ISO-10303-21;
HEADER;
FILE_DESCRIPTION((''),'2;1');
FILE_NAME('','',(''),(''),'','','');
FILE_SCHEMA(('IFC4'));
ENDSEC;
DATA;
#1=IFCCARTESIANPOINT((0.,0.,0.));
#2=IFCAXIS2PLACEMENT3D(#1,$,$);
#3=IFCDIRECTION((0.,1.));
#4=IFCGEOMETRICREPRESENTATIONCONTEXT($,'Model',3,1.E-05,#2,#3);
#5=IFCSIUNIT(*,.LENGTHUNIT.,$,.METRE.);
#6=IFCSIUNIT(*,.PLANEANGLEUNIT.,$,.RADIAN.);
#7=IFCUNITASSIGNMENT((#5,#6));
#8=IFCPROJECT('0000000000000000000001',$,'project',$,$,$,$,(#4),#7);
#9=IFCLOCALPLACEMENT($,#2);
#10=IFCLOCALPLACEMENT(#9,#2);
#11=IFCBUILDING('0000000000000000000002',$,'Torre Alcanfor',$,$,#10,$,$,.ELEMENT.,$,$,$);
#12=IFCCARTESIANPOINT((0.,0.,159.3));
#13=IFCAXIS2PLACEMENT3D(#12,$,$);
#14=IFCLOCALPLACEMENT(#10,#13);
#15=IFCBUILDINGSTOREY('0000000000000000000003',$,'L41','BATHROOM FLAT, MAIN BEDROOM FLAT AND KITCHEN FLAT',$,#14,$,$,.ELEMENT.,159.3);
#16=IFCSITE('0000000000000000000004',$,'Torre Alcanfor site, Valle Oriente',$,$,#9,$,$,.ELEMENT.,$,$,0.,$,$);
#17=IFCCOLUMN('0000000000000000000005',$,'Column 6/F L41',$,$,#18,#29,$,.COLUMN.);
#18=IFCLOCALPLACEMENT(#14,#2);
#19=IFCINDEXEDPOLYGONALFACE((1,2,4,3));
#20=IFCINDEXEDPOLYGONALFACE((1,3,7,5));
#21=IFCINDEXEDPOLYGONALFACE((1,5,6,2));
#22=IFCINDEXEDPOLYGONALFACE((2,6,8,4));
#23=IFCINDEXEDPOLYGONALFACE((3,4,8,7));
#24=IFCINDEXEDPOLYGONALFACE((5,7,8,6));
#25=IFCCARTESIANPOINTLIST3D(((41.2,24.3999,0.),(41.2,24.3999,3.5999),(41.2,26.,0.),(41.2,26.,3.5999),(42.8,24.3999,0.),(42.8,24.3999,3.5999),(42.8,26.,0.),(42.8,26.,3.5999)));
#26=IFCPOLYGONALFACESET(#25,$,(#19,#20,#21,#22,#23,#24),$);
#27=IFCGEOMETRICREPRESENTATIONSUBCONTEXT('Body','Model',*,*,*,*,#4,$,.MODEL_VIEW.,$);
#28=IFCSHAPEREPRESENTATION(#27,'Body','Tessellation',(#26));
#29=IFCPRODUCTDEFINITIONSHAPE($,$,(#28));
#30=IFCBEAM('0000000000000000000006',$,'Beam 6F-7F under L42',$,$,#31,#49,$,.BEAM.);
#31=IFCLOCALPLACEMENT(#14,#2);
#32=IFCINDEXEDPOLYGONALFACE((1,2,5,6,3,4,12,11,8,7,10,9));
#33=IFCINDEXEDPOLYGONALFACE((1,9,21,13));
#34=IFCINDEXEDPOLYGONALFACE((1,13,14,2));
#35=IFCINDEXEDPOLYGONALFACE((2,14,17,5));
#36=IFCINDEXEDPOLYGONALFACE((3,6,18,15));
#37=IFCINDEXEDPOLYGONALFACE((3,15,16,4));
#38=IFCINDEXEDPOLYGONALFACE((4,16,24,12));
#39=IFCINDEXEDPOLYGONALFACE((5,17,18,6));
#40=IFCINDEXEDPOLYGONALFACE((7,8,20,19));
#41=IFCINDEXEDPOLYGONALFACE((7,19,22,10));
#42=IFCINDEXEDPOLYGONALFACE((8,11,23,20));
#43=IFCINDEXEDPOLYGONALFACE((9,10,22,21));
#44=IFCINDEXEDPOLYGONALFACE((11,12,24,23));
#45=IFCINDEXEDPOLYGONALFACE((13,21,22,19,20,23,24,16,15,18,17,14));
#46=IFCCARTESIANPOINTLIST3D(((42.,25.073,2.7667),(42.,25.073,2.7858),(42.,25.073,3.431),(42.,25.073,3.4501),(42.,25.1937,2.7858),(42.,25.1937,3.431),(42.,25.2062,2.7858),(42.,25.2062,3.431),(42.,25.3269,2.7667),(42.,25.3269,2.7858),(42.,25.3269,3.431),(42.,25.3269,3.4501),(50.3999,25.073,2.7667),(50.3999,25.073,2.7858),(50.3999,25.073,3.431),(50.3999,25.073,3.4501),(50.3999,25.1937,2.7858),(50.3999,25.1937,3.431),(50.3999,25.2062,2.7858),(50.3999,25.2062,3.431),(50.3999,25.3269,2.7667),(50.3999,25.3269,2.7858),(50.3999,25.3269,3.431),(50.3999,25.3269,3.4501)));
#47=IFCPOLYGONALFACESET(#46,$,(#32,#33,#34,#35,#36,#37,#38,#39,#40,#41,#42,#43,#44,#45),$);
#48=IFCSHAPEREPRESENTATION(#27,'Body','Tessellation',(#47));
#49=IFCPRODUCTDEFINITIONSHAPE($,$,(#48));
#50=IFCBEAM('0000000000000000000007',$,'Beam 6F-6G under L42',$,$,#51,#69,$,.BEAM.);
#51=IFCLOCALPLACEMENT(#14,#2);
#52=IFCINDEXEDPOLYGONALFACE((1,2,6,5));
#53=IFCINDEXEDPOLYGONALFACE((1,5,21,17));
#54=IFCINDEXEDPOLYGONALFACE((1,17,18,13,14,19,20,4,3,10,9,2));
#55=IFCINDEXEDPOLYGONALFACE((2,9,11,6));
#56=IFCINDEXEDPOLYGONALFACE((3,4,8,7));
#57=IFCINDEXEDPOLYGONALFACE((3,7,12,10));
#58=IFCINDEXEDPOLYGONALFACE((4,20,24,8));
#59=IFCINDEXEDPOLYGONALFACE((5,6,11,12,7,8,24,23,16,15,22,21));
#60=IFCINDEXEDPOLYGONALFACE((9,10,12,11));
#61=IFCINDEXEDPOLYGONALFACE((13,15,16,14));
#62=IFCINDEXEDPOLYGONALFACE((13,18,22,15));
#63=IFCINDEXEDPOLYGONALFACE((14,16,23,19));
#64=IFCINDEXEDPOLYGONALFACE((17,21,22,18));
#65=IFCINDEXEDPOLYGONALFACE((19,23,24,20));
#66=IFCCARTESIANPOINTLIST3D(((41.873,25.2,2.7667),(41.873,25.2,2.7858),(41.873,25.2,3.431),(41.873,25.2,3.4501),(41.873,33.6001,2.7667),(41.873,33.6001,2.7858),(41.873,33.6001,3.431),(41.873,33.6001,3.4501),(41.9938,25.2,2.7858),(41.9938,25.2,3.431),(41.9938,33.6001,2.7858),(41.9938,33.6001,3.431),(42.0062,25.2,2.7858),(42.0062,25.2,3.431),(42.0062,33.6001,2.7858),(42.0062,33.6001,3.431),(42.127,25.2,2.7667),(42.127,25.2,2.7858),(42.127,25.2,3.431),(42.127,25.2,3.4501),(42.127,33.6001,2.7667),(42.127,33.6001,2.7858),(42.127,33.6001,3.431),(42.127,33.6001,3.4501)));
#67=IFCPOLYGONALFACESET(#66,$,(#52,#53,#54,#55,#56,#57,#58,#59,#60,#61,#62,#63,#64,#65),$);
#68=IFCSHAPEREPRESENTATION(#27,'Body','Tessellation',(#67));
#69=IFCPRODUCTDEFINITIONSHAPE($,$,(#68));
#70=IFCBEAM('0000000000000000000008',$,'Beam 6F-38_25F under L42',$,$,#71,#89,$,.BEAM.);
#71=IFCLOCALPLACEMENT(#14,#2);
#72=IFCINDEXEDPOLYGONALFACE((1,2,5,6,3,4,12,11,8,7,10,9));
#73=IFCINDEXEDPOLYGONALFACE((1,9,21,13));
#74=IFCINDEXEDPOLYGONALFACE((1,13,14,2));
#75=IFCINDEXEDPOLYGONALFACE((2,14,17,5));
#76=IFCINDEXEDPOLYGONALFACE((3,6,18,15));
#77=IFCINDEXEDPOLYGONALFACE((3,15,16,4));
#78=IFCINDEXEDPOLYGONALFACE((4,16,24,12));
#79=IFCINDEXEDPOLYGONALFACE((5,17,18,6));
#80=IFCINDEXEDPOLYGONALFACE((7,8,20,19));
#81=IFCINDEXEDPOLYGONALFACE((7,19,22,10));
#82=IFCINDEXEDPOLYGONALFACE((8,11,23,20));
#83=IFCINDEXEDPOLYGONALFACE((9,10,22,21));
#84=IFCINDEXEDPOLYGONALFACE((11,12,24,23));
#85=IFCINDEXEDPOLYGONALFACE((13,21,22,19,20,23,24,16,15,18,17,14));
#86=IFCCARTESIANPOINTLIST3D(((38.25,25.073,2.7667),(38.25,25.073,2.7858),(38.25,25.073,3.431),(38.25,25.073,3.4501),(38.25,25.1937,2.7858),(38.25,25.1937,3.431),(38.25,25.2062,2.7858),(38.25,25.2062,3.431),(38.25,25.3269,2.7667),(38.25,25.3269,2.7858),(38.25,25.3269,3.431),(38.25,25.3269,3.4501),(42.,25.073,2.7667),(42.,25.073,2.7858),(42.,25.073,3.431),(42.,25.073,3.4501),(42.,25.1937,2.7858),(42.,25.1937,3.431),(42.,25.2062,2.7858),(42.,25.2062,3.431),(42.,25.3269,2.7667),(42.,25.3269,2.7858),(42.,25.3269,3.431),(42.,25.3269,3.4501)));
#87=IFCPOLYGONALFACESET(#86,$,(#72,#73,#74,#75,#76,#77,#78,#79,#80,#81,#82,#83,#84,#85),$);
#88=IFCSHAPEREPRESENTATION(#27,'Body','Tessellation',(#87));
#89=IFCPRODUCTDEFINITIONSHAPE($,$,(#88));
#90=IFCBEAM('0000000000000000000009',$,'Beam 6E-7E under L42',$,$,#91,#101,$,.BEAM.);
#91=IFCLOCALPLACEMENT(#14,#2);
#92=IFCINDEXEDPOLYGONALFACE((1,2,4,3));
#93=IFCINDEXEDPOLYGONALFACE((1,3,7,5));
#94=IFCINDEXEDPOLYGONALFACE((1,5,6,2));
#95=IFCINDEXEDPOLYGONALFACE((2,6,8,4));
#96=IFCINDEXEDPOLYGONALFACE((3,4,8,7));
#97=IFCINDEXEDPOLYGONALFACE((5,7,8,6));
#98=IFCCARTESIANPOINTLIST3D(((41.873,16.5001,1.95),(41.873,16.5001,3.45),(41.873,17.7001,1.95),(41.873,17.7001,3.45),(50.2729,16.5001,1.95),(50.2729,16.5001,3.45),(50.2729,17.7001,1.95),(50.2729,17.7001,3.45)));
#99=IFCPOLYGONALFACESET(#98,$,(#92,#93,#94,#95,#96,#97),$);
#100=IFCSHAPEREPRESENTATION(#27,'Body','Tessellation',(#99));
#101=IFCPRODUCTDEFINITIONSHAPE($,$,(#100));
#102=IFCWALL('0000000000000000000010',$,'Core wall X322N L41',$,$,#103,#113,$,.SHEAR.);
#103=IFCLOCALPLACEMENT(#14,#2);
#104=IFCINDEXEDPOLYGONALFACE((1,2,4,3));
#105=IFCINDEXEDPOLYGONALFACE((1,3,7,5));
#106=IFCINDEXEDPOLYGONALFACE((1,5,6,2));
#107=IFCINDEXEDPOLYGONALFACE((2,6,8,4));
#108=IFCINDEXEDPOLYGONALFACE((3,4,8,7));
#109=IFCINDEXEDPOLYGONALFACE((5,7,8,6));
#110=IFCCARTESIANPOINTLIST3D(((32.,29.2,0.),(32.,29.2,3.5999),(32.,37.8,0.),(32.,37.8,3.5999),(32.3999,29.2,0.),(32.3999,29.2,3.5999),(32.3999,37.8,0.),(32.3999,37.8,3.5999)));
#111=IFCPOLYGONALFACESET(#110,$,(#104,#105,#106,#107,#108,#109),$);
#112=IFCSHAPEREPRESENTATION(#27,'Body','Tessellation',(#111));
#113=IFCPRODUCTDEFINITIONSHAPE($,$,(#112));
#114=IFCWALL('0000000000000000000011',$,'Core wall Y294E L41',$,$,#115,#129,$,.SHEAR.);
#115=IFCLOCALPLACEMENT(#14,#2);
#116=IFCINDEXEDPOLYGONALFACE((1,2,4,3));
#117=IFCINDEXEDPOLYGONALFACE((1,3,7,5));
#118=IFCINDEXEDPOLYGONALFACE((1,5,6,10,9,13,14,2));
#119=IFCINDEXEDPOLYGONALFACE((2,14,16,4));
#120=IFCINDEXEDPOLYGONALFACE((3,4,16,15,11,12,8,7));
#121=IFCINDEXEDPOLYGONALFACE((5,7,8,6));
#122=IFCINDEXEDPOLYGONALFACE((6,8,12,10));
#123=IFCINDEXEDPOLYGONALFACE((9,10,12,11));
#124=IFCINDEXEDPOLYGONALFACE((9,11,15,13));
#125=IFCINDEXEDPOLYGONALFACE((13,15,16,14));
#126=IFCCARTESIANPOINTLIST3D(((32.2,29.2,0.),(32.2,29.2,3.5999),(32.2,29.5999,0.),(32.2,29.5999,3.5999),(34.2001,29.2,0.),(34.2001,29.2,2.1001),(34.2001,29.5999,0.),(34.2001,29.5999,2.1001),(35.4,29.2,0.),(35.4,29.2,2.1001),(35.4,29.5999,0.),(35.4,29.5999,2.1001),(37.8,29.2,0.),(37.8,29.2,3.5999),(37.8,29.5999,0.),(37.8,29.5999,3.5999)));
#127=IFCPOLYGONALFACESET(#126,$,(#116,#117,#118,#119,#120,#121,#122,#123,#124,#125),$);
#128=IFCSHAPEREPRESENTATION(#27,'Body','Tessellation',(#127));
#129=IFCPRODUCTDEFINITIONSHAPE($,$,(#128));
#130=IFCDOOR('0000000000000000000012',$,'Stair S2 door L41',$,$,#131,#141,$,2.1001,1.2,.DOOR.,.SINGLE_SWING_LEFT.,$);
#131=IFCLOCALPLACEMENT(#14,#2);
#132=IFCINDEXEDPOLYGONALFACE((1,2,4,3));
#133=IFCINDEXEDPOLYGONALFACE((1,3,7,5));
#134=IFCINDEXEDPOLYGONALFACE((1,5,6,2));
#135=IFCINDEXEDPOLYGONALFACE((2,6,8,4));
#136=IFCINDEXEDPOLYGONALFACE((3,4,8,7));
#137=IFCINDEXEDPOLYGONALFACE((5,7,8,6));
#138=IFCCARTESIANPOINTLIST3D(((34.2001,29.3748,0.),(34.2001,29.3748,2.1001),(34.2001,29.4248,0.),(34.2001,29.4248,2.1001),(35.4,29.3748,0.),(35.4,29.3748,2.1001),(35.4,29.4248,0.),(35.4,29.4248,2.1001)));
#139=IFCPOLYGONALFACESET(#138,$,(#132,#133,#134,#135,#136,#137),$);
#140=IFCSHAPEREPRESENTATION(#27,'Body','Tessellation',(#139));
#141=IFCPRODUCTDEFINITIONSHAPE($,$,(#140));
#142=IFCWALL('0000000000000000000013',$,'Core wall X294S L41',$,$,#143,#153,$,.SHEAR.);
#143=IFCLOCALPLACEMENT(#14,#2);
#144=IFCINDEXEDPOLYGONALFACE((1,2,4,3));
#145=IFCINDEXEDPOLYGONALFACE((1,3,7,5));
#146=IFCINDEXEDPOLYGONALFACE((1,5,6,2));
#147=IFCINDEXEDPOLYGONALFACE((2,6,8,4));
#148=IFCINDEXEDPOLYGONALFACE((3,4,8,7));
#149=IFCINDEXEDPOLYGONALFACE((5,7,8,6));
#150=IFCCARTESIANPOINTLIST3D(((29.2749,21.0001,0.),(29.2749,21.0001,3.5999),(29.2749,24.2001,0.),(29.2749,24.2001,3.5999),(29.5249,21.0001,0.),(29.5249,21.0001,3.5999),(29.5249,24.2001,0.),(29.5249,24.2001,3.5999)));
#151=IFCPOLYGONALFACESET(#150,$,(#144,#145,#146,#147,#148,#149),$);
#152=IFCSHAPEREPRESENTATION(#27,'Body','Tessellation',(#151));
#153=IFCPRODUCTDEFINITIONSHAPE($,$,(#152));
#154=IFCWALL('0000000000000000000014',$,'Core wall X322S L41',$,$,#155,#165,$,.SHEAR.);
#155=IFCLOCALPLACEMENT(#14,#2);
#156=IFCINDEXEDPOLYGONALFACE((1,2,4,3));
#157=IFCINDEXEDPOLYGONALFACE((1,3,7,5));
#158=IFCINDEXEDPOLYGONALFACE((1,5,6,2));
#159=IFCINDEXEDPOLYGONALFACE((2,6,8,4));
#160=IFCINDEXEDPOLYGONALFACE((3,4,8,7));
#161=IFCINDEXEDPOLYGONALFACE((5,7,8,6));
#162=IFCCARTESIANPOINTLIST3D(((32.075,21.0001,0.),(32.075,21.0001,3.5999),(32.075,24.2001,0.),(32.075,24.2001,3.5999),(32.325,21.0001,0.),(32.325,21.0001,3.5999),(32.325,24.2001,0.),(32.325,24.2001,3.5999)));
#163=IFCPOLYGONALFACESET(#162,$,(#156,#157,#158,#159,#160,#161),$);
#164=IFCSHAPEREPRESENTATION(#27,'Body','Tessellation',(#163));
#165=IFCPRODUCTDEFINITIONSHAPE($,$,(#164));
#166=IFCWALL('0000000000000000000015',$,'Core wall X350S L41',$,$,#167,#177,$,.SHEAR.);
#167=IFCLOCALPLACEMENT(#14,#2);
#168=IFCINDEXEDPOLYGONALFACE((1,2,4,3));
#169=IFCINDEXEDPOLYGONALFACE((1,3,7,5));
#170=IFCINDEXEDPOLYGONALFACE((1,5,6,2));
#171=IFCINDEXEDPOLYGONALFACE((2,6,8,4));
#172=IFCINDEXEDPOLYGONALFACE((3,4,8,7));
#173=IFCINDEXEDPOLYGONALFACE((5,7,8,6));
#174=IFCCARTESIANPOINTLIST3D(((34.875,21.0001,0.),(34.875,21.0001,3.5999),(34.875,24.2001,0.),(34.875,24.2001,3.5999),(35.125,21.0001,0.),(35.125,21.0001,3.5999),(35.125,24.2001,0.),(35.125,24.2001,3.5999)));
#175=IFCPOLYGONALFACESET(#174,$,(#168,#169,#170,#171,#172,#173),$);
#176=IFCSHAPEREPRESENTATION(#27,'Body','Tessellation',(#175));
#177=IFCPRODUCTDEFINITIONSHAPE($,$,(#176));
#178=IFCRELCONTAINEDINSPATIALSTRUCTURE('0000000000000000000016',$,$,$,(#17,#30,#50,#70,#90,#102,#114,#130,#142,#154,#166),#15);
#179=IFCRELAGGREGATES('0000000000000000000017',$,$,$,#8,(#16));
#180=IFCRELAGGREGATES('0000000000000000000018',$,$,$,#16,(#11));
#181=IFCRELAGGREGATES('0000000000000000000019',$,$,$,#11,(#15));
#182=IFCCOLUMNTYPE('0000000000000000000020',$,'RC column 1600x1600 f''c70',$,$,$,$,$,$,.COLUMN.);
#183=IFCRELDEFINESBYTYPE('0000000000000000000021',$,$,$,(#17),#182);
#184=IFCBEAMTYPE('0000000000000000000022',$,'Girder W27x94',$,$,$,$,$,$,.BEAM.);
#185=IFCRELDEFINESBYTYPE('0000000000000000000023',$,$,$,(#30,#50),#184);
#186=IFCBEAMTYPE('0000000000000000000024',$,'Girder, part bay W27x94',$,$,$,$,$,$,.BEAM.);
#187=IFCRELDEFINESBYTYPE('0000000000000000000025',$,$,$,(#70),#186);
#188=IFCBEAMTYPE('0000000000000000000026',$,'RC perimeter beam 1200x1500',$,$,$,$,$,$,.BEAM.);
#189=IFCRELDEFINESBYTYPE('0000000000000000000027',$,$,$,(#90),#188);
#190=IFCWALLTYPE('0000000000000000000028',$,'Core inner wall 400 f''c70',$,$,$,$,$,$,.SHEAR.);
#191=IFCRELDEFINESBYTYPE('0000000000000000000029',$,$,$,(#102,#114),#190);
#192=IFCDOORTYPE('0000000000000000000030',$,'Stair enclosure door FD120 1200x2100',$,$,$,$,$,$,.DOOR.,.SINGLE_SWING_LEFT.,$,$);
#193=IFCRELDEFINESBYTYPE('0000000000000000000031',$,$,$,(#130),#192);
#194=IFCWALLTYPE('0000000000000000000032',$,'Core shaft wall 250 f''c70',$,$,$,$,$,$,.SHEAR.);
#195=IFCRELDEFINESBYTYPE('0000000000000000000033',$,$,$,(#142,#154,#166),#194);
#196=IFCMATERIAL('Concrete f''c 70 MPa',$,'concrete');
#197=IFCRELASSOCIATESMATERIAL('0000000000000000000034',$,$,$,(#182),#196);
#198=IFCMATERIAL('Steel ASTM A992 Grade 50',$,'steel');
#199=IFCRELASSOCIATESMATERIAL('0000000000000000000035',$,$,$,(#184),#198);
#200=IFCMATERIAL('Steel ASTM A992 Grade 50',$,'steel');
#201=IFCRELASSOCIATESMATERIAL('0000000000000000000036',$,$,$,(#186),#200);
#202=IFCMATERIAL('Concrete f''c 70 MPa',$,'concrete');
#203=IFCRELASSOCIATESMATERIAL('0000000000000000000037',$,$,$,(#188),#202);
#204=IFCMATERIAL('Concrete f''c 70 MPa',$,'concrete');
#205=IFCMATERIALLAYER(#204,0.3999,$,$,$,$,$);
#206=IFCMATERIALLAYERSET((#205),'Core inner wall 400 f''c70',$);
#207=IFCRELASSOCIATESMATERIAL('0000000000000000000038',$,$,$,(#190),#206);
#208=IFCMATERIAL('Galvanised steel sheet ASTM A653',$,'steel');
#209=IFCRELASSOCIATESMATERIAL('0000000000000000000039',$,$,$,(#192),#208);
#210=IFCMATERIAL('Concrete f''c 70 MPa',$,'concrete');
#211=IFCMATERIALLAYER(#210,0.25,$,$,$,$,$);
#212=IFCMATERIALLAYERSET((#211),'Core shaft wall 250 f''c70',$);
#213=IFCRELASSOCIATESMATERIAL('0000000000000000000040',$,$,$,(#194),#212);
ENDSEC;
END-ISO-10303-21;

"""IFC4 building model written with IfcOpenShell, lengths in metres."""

from ifc_helpers import new_model, si_unit, direction, frame, frame_2d, origin, origin_2d, place, context, subcontext, project, spatial, rectangle, i_section, extrude, material, layer, layer_set, material_profile, profile_set, type_object, element, fill, save


model = new_model("IFC4")

# Units and contexts
model_context = context("Model", 3, precision=1e-05, world=origin(), true_north=direction((0.0, 1.0)))
body_context = subcontext(model_context, "Body", "Model", "MODEL_VIEW")
ifc_project = project(units=[si_unit("LENGTHUNIT", "METRE"), si_unit("PLANEANGLEUNIT", "RADIAN")], contexts=[model_context])

# Site, building, storey
site_placement = place(None, origin())
site = spatial("IfcSite", under=ifc_project, at=site_placement, Name="Torre Alcanfor site, Valle Oriente", CompositionType="ELEMENT", RefElevation=0.0)
building_placement = place(site_placement, origin())
building = spatial("IfcBuilding", under=site, at=building_placement, Name="Torre Alcanfor", CompositionType="ELEMENT")
storey_placement = place(building_placement, frame((0.0, 0.0, 159.3)))
storey = spatial("IfcBuildingStorey", under=building, at=storey_placement, Name="L41", Description="BATHROOM FLAT, MAIN BEDROOM FLAT AND KITCHEN FLAT", CompositionType="ELEMENT", Elevation=159.3)

# Column
ifc_material_1 = material(Name="Concrete f'c 70 MPa", Category="concrete")
ifc_material_profile_1 = material_profile(ifc_material_1, rectangle(XDim=1.6001, YDim=1.6001, at=origin_2d()), Name="1600x1600")
ifc_profile_set_1 = profile_set([ifc_material_profile_1], Name="Concrete f'c 70 MPa")
column_type = type_object("IfcColumnType", Name="RC column 1600x1600 f'c70", PredefinedType="COLUMN", material=ifc_profile_set_1)
column_placement = place(storey_placement, frame((42.0, 25.2, 0.0), z_axis=(0.0, 0.0, 1.0), x_axis=(1.0, 0.0, 0.0)))
element("IfcColumn", 1, at=column_placement, inside=storey, type_object=column_type, Name="Column 6/F L41", PredefinedType="COLUMN", context=body_context, shape_type="SweptSolid", body=[
    extrude(rectangle(XDim=1.6001, YDim=1.6001, at=origin_2d()), origin(), (0.0, 0.0, 1.0), 3.5999),
])

# Beams
ifc_material_2 = material(Name="Steel ASTM A992 Grade 50", Category="steel")
ifc_material_profile_2 = material_profile(ifc_material_2, i_section(OverallWidth=0.2539, OverallDepth=0.6833, WebThickness=0.0125, FlangeThickness=0.019, at=origin_2d()), Name="W27x94")
ifc_profile_set_2 = profile_set([ifc_material_profile_2], Name="Steel ASTM A992 Grade 50")
beam_type_1 = type_object("IfcBeamType", Name="Girder W27x94", PredefinedType="BEAM", material=ifc_profile_set_2)
beam_1_placement = place(storey_placement, frame((42.0, 25.2, 3.1084), z_axis=(1.0, 0.0, 0.0), x_axis=(0.0, 1.0, 0.0)))
element("IfcBeam", 2, at=beam_1_placement, inside=storey, type_object=beam_type_1, Name="Beam 6F-7F under L42", PredefinedType="BEAM", context=body_context, shape_type="SweptSolid", body=[
    extrude(i_section(OverallWidth=0.2539, OverallDepth=0.6833, WebThickness=0.0125, FlangeThickness=0.019, at=origin_2d()), origin(), (0.0, 0.0, 1.0), 8.3999),
])
beam_2_placement = place(storey_placement, frame((42.0, 25.2, 3.1084), z_axis=(0.0, 1.0, 0.0), x_axis=(-1.0, 0.0, 0.0)))
element("IfcBeam", 3, at=beam_2_placement, inside=storey, type_object=beam_type_1, Name="Beam 6F-6G under L42", PredefinedType="BEAM", context=body_context, shape_type="SweptSolid", body=[
    extrude(i_section(OverallWidth=0.2539, OverallDepth=0.6833, WebThickness=0.0125, FlangeThickness=0.019, at=origin_2d()), origin(), (0.0, 0.0, 1.0), 8.4001),
])
ifc_material_3 = material(Name="Steel ASTM A992 Grade 50", Category="steel")
ifc_material_profile_3 = material_profile(ifc_material_3, i_section(OverallWidth=0.2539, OverallDepth=0.6833, WebThickness=0.0125, FlangeThickness=0.019, at=origin_2d()), Name="W27x94")
ifc_profile_set_3 = profile_set([ifc_material_profile_3], Name="Steel ASTM A992 Grade 50")
beam_type_2 = type_object("IfcBeamType", Name="Girder, part bay W27x94", PredefinedType="BEAM", material=ifc_profile_set_3)
beam_3_placement = place(storey_placement, frame((42.0, 25.2, 3.1084), z_axis=(-1.0, 0.0, 0.0), x_axis=(0.0, -1.0, 0.0)))
element("IfcBeam", 4, at=beam_3_placement, inside=storey, type_object=beam_type_2, Name="Beam 6F-38_25F under L42", PredefinedType="BEAM", context=body_context, shape_type="SweptSolid", body=[
    extrude(i_section(OverallWidth=0.2539, OverallDepth=0.6833, WebThickness=0.0125, FlangeThickness=0.019, at=origin_2d()), origin(), (0.0, 0.0, 1.0), 3.75),
])
ifc_material_4 = material(Name="Concrete f'c 70 MPa", Category="concrete")
ifc_material_profile_4 = material_profile(ifc_material_4, rectangle(XDim=1.2, YDim=1.5, at=origin_2d()), Name="1200x1500")
ifc_profile_set_4 = profile_set([ifc_material_profile_4], Name="Concrete f'c 70 MPa")
beam_type_3 = type_object("IfcBeamType", Name="RC perimeter beam 1200x1500", PredefinedType="BEAM", material=ifc_profile_set_4)
beam_4_placement = place(storey_placement, frame((41.873, 17.1001, 2.7), z_axis=(1.0, 0.0, 0.0), x_axis=(0.0, 1.0, 0.0)))
element("IfcBeam", 5, at=beam_4_placement, inside=storey, type_object=beam_type_3, Name="Beam 6E-7E under L42", PredefinedType="BEAM", context=body_context, shape_type="SweptSolid", body=[
    extrude(rectangle(XDim=1.2, YDim=1.5, at=origin_2d()), origin(), (0.0, 0.0, 1.0), 8.3999),
])

# Wall
ifc_material_5 = material(Name="Concrete f'c 70 MPa", Category="concrete")
ifc_layer_1 = layer(ifc_material_5, 0.3999)
ifc_layer_set_1 = layer_set([ifc_layer_1], Name="Core inner wall 400 f'c70")
wall_type_1 = type_object("IfcWallType", Name="Core inner wall 400 f'c70", PredefinedType="SHEAR", material=ifc_layer_set_1)
wall_1_placement = place(storey_placement, frame((32.2, 29.2, 0.0), z_axis=(0.0, 0.0, 1.0), x_axis=(0.0, 1.0, 0.0)))
element("IfcWall", 6, at=wall_1_placement, inside=storey, type_object=wall_type_1, Name="Core wall X322N L41", PredefinedType="SHEAR", context=body_context, shape_type="SweptSolid", body=[
    extrude(rectangle(XDim=8.6001, YDim=0.3999, at=frame_2d((4.3, 0.0))), origin(), (0.0, 0.0, 1.0), 3.5999),
])

# Wall, opening, door
wall_2_placement = place(storey_placement, frame((32.2, 29.3999, 0.0), z_axis=(0.0, 0.0, 1.0), x_axis=(1.0, 0.0, 0.0)))
wall_2 = element("IfcWall", 7, at=wall_2_placement, inside=storey, type_object=wall_type_1, Name="Core wall Y294E L41", PredefinedType="SHEAR", context=body_context, shape_type="SweptSolid", body=[
    extrude(rectangle(XDim=5.6001, YDim=0.3999, at=frame_2d((2.8, 0.0))), origin(), (0.0, 0.0, 1.0), 3.5999),
])
opening_1_placement = place(wall_2_placement, frame((2.0, 0.0, 0.0)))
opening_1 = element("IfcOpeningElement", 8, at=opening_1_placement, cuts=wall_2, PredefinedType="OPENING", context=body_context, shape_type="SweptSolid", body=[
    extrude(rectangle(XDim=1.2, YDim=2.1001, at=frame_2d((0.6001, 1.05))), frame((0.0, 0.21, 0.0), z_axis=(0.0, -1.0, 0.0), x_axis=(1.0, 0.0, 0.0)), (0.0, 0.0, 1.0), 0.4199),
])
ifc_material_6 = material(Name="Galvanised steel sheet ASTM A653", Category="steel")
door_type_1 = type_object("IfcDoorType", Name="Stair enclosure door FD120 1200x2100", OperationType="SINGLE_SWING_LEFT", PredefinedType="DOOR", material=ifc_material_6)
door_1_placement = place(opening_1_placement, origin())
door_1 = element("IfcDoor", 9, at=door_1_placement, inside=storey, type_object=door_type_1, Name="Stair S2 door L41", OperationType="SINGLE_SWING_LEFT", OverallHeight=2.1001, OverallWidth=1.2, PredefinedType="DOOR", context=body_context, shape_type="SweptSolid", body=[
    extrude(rectangle(XDim=1.2, YDim=2.1001, at=frame_2d((0.6001, 1.05))), frame((0.0, 0.0249, 0.0), z_axis=(0.0, -1.0, 0.0), x_axis=(1.0, 0.0, 0.0)), (0.0, 0.0, 1.0), 0.05),
])
fill(opening_1, door_1)

# Walls
ifc_material_7 = material(Name="Concrete f'c 70 MPa", Category="concrete")
ifc_layer_2 = layer(ifc_material_7, 0.25)
ifc_layer_set_2 = layer_set([ifc_layer_2], Name="Core shaft wall 250 f'c70")
wall_type_2 = type_object("IfcWallType", Name="Core shaft wall 250 f'c70", PredefinedType="SHEAR", material=ifc_layer_set_2)
for number, where, z_axis, x_axis, name in (
    (10, (29.3999, 21.0, 0.0), (0.0, 0.0, 1.0), (0.0, 1.0, 0.0), "Core wall X294S L41"),
    (11, (32.2, 21.0, 0.0), (0.0, 0.0, 1.0), (0.0, 1.0, 0.0), "Core wall X322S L41"),
    (12, (35.0, 21.0, 0.0), (0.0, 0.0, 1.0), (0.0, 1.0, 0.0), "Core wall X350S L41"),
):
    element("IfcWall", number, at=place(storey_placement, frame(where, z_axis=z_axis, x_axis=x_axis)), inside=storey, type_object=wall_type_2, Name=name, PredefinedType="SHEAR", context=body_context, shape_type="SweptSolid", body=[
        extrude(rectangle(XDim=3.2, YDim=0.25, at=frame_2d((1.6001, 0.0))), origin(), (0.0, 0.0, 1.0), 3.5999),
    ])

save(model, "model.ifc")
